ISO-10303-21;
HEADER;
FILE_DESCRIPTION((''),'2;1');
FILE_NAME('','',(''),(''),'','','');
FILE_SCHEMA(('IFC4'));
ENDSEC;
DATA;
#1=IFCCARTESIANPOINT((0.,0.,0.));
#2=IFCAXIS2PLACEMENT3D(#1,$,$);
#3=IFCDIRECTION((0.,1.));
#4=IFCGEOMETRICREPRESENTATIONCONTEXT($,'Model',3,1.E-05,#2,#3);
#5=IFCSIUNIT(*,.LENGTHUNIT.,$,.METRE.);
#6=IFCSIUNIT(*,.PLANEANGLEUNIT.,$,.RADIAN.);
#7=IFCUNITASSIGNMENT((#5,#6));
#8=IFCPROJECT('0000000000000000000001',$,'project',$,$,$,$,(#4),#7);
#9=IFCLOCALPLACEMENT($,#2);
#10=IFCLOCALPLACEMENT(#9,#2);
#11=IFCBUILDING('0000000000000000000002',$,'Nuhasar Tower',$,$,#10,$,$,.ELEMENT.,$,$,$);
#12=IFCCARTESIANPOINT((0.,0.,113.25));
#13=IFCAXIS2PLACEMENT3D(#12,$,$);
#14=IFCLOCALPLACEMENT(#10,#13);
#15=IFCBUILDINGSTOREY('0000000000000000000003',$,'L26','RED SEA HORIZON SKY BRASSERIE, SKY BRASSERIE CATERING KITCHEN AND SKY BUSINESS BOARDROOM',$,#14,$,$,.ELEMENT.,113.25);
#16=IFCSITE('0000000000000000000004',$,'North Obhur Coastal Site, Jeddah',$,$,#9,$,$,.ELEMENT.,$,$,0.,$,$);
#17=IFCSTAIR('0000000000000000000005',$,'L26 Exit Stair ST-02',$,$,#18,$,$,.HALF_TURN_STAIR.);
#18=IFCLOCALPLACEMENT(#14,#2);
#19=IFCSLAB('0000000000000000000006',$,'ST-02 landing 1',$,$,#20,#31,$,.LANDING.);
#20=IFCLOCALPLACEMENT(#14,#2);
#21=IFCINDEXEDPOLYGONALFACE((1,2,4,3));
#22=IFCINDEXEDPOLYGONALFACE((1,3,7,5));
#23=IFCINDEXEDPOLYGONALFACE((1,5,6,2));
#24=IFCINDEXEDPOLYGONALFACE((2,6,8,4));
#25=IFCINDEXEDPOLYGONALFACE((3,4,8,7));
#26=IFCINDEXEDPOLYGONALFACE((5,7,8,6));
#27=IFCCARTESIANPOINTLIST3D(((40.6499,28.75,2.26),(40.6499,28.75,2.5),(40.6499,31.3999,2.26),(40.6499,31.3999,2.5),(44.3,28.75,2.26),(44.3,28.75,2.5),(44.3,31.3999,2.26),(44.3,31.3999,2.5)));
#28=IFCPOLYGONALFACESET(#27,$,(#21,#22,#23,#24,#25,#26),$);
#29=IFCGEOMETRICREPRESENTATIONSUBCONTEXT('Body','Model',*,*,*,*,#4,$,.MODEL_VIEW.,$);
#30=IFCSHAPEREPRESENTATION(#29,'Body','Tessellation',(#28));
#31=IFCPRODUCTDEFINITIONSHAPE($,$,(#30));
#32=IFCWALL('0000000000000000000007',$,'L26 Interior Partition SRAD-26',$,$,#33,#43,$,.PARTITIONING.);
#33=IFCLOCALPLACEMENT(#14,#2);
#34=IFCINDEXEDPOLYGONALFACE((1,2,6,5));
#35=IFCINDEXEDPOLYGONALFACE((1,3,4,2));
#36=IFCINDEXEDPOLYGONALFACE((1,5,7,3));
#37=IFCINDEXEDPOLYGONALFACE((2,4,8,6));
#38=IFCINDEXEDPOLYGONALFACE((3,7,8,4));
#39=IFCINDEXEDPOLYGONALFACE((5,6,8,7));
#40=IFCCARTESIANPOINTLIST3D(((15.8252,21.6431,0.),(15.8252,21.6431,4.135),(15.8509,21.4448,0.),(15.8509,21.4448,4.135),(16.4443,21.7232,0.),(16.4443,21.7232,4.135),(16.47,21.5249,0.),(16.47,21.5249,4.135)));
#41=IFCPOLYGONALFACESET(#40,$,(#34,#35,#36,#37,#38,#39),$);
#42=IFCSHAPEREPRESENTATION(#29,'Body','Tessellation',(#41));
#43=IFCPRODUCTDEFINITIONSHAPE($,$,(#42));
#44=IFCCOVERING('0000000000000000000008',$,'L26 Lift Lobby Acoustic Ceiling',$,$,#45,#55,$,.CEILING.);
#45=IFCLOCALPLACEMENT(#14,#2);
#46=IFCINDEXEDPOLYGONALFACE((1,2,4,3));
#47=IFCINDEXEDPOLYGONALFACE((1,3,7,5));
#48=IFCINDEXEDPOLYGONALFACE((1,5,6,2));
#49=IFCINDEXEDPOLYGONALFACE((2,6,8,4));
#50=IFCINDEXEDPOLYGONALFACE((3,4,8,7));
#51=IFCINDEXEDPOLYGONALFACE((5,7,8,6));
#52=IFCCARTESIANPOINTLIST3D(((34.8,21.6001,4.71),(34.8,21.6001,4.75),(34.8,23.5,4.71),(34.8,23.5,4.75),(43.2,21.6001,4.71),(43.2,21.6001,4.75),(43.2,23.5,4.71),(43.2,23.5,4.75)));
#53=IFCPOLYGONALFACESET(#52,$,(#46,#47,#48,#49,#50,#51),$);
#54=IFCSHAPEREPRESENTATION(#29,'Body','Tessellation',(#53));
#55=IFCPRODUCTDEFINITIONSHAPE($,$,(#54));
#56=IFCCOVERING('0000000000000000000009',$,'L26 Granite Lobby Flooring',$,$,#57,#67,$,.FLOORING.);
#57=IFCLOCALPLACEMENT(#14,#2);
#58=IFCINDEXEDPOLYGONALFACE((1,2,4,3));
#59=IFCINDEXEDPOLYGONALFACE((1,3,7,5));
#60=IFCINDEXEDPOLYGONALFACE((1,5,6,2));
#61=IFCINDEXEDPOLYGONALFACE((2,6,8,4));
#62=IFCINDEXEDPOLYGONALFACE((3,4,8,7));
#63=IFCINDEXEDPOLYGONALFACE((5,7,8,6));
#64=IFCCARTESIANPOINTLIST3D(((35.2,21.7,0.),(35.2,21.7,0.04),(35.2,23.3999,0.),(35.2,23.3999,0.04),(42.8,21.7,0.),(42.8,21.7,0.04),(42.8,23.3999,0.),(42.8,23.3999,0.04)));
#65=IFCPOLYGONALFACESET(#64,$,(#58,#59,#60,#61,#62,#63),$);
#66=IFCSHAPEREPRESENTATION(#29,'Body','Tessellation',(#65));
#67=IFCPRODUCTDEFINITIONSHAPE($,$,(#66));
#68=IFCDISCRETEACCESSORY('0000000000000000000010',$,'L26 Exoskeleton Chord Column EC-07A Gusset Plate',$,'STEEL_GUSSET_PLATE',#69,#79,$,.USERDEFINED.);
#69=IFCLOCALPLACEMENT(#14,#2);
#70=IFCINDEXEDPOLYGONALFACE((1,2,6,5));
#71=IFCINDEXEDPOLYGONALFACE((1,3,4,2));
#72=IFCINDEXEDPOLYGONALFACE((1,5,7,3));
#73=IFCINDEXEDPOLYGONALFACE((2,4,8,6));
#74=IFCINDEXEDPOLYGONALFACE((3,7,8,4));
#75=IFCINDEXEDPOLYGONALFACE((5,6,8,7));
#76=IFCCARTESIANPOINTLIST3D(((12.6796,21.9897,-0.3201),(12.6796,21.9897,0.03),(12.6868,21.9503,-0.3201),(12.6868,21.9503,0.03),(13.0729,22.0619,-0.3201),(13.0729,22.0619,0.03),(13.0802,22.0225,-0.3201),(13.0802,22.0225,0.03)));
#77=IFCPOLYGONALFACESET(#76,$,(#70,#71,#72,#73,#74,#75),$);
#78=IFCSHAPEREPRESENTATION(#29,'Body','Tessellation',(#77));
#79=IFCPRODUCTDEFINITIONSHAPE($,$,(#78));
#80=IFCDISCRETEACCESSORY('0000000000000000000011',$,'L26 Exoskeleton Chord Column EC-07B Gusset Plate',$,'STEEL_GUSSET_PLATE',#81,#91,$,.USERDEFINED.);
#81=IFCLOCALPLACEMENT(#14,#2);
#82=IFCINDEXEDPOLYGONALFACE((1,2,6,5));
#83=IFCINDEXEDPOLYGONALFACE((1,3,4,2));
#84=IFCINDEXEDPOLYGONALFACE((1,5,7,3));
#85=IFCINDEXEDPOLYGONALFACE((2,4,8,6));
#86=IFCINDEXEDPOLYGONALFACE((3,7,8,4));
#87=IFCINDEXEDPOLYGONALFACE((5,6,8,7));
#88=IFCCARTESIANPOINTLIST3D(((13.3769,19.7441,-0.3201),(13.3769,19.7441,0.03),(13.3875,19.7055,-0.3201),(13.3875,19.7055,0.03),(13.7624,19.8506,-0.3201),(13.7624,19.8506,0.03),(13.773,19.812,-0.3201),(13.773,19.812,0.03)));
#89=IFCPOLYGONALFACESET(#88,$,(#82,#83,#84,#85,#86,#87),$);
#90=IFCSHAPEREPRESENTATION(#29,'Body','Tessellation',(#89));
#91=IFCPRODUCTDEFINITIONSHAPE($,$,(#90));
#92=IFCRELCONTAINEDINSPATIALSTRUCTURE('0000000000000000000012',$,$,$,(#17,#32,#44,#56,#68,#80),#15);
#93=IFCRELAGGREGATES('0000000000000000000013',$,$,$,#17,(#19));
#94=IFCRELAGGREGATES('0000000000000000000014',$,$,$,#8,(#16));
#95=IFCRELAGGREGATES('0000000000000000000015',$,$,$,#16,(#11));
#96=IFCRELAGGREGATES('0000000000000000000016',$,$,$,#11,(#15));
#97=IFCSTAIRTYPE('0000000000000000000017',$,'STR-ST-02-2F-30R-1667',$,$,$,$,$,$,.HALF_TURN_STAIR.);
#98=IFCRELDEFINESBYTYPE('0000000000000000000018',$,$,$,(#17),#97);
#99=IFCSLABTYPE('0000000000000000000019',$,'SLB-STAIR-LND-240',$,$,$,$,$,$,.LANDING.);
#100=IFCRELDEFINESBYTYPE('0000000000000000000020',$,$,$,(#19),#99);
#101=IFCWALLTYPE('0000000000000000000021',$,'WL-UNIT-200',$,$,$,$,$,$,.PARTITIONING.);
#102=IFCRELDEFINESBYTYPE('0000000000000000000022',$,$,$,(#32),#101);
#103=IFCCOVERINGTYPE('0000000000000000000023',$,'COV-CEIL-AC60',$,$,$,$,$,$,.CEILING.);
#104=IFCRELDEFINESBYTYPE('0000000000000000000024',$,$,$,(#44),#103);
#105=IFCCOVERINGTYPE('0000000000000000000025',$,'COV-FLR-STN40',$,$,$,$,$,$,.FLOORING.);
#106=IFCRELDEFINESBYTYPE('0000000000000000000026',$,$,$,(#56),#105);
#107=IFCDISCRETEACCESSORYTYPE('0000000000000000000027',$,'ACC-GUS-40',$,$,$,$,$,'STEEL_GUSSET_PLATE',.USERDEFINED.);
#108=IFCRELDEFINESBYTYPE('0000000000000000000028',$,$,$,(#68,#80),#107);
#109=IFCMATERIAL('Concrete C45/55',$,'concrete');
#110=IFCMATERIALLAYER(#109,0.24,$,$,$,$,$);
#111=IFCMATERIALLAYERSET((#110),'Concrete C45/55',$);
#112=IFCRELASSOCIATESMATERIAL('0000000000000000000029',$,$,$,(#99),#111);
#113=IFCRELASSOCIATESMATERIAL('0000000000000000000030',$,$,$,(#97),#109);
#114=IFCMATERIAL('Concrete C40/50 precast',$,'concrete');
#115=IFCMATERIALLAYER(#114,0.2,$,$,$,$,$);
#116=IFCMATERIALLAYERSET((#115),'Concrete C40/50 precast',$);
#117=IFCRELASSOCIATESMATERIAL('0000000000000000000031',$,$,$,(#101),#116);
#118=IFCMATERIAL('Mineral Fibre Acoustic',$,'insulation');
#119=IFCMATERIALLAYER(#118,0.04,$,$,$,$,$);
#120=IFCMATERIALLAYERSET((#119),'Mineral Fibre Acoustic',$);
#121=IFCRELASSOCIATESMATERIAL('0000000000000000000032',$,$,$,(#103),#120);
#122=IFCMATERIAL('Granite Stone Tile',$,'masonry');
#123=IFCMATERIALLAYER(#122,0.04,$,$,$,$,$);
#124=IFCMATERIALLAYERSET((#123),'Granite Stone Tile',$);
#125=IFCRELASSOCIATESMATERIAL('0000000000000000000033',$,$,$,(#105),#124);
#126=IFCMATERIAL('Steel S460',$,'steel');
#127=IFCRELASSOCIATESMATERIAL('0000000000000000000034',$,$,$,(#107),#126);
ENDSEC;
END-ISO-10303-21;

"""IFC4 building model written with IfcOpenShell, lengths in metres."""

from ifc_helpers import new_model, si_unit, direction, frame, frame_2d, origin, origin_2d, place, context, subcontext, project, spatial, polyline, rectangle, outline, extrude, material, layer, layer_set, type_object, element, aggregate, save


model = new_model("IFC4")

# Units and contexts
model_context = context("Model", 3, precision=1e-05, world=origin(), true_north=direction((0.0, 1.0)))
body_context = subcontext(model_context, "Body", "Model", "MODEL_VIEW")
ifc_project = project(units=[si_unit("LENGTHUNIT", "METRE"), si_unit("PLANEANGLEUNIT", "RADIAN")], contexts=[model_context])

# Site, building, storey
site_placement = place(None, origin())
site = spatial("IfcSite", under=ifc_project, at=site_placement, Name="North Obhur Coastal Site, Jeddah", CompositionType="ELEMENT", RefElevation=0.0)
building_placement = place(site_placement, origin())
building = spatial("IfcBuilding", under=site, at=building_placement, Name="Nuhasar Tower", CompositionType="ELEMENT")
storey_placement = place(building_placement, frame((0.0, 0.0, 113.25)))
storey = spatial("IfcBuildingStorey", under=building, at=storey_placement, Name="L26", Description="RED SEA HORIZON SKY BRASSERIE, SKY BRASSERIE CATERING KITCHEN AND SKY BUSINESS BOARDROOM", CompositionType="ELEMENT", Elevation=113.25)

# Shared definitions
ifc_material_1 = material(Name="Steel S460", Category="steel")

# Stair, slab
ifc_material_2 = material(Name="Concrete C45/55", Category="concrete")
ifc_layer_1 = layer(ifc_material_2, 0.24)
ifc_layer_set_1 = layer_set([ifc_layer_1], Name="Concrete C45/55")
slab_type_1 = type_object("IfcSlabType", Name="SLB-STAIR-LND-240", PredefinedType="LANDING", material=ifc_layer_set_1)
stair_type_1 = type_object("IfcStairType", Name="STR-ST-02-2F-30R-1667", PredefinedType="HALF_TURN_STAIR", material=ifc_material_2)
stair_1_placement = place(storey_placement, origin())
stair_1 = element("IfcStair", 1, at=stair_1_placement, inside=storey, type_object=stair_type_1, Name="L26 Exit Stair ST-02", PredefinedType="HALF_TURN_STAIR")
slab_1_placement = place(storey_placement, frame((0.0, 0.0, 2.26)))
slab_1 = element("IfcSlab", 2, at=slab_1_placement, type_object=slab_type_1, Name="ST-02 landing 1", PredefinedType="LANDING", context=body_context, shape_type="SweptSolid", body=[
    extrude(outline(polyline([(40.6499, 28.75), (44.3, 28.75), (44.3, 31.3999), (40.6499, 31.3999), (40.6499, 28.75)])), origin(), (0.0, 0.0, 1.0), 0.24),
])
aggregate(stair_1, [slab_1])

# Wall
ifc_material_3 = material(Name="Concrete C40/50 precast", Category="concrete")
ifc_layer_2 = layer(ifc_material_3, 0.2)
ifc_layer_set_2 = layer_set([ifc_layer_2], Name="Concrete C40/50 precast")
wall_type = type_object("IfcWallType", Name="WL-UNIT-200", PredefinedType="PARTITIONING", material=ifc_layer_set_2)
wall_placement = place(storey_placement, frame((16.457, 21.624, 0.0), z_axis=(0.0, 0.0, 1.0), x_axis=(-0.991739, -0.128269, 0.0)))
element("IfcWall", 3, at=wall_placement, inside=storey, type_object=wall_type, Name="L26 Interior Partition SRAD-26", PredefinedType="PARTITIONING", context=body_context, shape_type="SweptSolid", body=[
    extrude(rectangle(XDim=0.6243, YDim=0.2, at=frame_2d((0.312, 0.0))), origin(), (0.0, 0.0, 1.0), 4.135),
])

# Coverings
ifc_material_4 = material(Name="Mineral Fibre Acoustic", Category="insulation")
ifc_layer_3 = layer(ifc_material_4, 0.04)
ifc_layer_set_3 = layer_set([ifc_layer_3], Name="Mineral Fibre Acoustic")
covering_type_1 = type_object("IfcCoveringType", Name="COV-CEIL-AC60", PredefinedType="CEILING", material=ifc_layer_set_3)
covering_1_placement = place(storey_placement, frame((0.0, 0.0, 4.71)))
element("IfcCovering", 4, at=covering_1_placement, inside=storey, type_object=covering_type_1, Name="L26 Lift Lobby Acoustic Ceiling", PredefinedType="CEILING", context=body_context, shape_type="SweptSolid", body=[
    extrude(outline(polyline([(34.8, 21.6001), (43.2, 21.6001), (43.2, 23.5), (34.8, 23.5), (34.8, 21.6001)])), origin(), (0.0, 0.0, 1.0), 0.04),
])
ifc_material_5 = material(Name="Granite Stone Tile", Category="masonry")
ifc_layer_4 = layer(ifc_material_5, 0.04)
ifc_layer_set_4 = layer_set([ifc_layer_4], Name="Granite Stone Tile")
covering_type_2 = type_object("IfcCoveringType", Name="COV-FLR-STN40", PredefinedType="FLOORING", material=ifc_layer_set_4)
covering_2_placement = place(storey_placement, origin())
element("IfcCovering", 5, at=covering_2_placement, inside=storey, type_object=covering_type_2, Name="L26 Granite Lobby Flooring", PredefinedType="FLOORING", context=body_context, shape_type="SweptSolid", body=[
    extrude(outline(polyline([(35.2, 21.7), (42.8, 21.7), (42.8, 23.3999), (35.2, 23.3999), (35.2, 21.7)])), origin(), (0.0, 0.0, 1.0), 0.04),
])

# Discrete accessories
discrete_accessory_type = type_object("IfcDiscreteAccessoryType", Name="ACC-GUS-40", ElementType="STEEL_GUSSET_PLATE", PredefinedType="USERDEFINED", material=ifc_material_1)
for number, where, z_axis, x_axis, name in (
    (6, (12.8799, 22.0061, -0.3201), (0.0, 0.0, 1.0), (-0.983568, -0.180536, 0.0), "L26 Exoskeleton Chord Column EC-07A Gusset Plate"),
    (7, (13.575, 19.7781, -0.3201), (0.0, 0.0, 1.0), (-0.963914, -0.266212, 0.0), "L26 Exoskeleton Chord Column EC-07B Gusset Plate"),
):
    element("IfcDiscreteAccessory", number, at=place(storey_placement, frame(where, z_axis=z_axis, x_axis=x_axis)), inside=storey, type_object=discrete_accessory_type, Name=name, ObjectType="STEEL_GUSSET_PLATE", PredefinedType="USERDEFINED", context=body_context, shape_type="SweptSolid", body=[
        extrude(rectangle(XDim=0.3999, YDim=0.04, at=origin_2d()), origin(), (0.0, 0.0, 1.0), 0.3501),
    ])

save(model, "model.ifc")
